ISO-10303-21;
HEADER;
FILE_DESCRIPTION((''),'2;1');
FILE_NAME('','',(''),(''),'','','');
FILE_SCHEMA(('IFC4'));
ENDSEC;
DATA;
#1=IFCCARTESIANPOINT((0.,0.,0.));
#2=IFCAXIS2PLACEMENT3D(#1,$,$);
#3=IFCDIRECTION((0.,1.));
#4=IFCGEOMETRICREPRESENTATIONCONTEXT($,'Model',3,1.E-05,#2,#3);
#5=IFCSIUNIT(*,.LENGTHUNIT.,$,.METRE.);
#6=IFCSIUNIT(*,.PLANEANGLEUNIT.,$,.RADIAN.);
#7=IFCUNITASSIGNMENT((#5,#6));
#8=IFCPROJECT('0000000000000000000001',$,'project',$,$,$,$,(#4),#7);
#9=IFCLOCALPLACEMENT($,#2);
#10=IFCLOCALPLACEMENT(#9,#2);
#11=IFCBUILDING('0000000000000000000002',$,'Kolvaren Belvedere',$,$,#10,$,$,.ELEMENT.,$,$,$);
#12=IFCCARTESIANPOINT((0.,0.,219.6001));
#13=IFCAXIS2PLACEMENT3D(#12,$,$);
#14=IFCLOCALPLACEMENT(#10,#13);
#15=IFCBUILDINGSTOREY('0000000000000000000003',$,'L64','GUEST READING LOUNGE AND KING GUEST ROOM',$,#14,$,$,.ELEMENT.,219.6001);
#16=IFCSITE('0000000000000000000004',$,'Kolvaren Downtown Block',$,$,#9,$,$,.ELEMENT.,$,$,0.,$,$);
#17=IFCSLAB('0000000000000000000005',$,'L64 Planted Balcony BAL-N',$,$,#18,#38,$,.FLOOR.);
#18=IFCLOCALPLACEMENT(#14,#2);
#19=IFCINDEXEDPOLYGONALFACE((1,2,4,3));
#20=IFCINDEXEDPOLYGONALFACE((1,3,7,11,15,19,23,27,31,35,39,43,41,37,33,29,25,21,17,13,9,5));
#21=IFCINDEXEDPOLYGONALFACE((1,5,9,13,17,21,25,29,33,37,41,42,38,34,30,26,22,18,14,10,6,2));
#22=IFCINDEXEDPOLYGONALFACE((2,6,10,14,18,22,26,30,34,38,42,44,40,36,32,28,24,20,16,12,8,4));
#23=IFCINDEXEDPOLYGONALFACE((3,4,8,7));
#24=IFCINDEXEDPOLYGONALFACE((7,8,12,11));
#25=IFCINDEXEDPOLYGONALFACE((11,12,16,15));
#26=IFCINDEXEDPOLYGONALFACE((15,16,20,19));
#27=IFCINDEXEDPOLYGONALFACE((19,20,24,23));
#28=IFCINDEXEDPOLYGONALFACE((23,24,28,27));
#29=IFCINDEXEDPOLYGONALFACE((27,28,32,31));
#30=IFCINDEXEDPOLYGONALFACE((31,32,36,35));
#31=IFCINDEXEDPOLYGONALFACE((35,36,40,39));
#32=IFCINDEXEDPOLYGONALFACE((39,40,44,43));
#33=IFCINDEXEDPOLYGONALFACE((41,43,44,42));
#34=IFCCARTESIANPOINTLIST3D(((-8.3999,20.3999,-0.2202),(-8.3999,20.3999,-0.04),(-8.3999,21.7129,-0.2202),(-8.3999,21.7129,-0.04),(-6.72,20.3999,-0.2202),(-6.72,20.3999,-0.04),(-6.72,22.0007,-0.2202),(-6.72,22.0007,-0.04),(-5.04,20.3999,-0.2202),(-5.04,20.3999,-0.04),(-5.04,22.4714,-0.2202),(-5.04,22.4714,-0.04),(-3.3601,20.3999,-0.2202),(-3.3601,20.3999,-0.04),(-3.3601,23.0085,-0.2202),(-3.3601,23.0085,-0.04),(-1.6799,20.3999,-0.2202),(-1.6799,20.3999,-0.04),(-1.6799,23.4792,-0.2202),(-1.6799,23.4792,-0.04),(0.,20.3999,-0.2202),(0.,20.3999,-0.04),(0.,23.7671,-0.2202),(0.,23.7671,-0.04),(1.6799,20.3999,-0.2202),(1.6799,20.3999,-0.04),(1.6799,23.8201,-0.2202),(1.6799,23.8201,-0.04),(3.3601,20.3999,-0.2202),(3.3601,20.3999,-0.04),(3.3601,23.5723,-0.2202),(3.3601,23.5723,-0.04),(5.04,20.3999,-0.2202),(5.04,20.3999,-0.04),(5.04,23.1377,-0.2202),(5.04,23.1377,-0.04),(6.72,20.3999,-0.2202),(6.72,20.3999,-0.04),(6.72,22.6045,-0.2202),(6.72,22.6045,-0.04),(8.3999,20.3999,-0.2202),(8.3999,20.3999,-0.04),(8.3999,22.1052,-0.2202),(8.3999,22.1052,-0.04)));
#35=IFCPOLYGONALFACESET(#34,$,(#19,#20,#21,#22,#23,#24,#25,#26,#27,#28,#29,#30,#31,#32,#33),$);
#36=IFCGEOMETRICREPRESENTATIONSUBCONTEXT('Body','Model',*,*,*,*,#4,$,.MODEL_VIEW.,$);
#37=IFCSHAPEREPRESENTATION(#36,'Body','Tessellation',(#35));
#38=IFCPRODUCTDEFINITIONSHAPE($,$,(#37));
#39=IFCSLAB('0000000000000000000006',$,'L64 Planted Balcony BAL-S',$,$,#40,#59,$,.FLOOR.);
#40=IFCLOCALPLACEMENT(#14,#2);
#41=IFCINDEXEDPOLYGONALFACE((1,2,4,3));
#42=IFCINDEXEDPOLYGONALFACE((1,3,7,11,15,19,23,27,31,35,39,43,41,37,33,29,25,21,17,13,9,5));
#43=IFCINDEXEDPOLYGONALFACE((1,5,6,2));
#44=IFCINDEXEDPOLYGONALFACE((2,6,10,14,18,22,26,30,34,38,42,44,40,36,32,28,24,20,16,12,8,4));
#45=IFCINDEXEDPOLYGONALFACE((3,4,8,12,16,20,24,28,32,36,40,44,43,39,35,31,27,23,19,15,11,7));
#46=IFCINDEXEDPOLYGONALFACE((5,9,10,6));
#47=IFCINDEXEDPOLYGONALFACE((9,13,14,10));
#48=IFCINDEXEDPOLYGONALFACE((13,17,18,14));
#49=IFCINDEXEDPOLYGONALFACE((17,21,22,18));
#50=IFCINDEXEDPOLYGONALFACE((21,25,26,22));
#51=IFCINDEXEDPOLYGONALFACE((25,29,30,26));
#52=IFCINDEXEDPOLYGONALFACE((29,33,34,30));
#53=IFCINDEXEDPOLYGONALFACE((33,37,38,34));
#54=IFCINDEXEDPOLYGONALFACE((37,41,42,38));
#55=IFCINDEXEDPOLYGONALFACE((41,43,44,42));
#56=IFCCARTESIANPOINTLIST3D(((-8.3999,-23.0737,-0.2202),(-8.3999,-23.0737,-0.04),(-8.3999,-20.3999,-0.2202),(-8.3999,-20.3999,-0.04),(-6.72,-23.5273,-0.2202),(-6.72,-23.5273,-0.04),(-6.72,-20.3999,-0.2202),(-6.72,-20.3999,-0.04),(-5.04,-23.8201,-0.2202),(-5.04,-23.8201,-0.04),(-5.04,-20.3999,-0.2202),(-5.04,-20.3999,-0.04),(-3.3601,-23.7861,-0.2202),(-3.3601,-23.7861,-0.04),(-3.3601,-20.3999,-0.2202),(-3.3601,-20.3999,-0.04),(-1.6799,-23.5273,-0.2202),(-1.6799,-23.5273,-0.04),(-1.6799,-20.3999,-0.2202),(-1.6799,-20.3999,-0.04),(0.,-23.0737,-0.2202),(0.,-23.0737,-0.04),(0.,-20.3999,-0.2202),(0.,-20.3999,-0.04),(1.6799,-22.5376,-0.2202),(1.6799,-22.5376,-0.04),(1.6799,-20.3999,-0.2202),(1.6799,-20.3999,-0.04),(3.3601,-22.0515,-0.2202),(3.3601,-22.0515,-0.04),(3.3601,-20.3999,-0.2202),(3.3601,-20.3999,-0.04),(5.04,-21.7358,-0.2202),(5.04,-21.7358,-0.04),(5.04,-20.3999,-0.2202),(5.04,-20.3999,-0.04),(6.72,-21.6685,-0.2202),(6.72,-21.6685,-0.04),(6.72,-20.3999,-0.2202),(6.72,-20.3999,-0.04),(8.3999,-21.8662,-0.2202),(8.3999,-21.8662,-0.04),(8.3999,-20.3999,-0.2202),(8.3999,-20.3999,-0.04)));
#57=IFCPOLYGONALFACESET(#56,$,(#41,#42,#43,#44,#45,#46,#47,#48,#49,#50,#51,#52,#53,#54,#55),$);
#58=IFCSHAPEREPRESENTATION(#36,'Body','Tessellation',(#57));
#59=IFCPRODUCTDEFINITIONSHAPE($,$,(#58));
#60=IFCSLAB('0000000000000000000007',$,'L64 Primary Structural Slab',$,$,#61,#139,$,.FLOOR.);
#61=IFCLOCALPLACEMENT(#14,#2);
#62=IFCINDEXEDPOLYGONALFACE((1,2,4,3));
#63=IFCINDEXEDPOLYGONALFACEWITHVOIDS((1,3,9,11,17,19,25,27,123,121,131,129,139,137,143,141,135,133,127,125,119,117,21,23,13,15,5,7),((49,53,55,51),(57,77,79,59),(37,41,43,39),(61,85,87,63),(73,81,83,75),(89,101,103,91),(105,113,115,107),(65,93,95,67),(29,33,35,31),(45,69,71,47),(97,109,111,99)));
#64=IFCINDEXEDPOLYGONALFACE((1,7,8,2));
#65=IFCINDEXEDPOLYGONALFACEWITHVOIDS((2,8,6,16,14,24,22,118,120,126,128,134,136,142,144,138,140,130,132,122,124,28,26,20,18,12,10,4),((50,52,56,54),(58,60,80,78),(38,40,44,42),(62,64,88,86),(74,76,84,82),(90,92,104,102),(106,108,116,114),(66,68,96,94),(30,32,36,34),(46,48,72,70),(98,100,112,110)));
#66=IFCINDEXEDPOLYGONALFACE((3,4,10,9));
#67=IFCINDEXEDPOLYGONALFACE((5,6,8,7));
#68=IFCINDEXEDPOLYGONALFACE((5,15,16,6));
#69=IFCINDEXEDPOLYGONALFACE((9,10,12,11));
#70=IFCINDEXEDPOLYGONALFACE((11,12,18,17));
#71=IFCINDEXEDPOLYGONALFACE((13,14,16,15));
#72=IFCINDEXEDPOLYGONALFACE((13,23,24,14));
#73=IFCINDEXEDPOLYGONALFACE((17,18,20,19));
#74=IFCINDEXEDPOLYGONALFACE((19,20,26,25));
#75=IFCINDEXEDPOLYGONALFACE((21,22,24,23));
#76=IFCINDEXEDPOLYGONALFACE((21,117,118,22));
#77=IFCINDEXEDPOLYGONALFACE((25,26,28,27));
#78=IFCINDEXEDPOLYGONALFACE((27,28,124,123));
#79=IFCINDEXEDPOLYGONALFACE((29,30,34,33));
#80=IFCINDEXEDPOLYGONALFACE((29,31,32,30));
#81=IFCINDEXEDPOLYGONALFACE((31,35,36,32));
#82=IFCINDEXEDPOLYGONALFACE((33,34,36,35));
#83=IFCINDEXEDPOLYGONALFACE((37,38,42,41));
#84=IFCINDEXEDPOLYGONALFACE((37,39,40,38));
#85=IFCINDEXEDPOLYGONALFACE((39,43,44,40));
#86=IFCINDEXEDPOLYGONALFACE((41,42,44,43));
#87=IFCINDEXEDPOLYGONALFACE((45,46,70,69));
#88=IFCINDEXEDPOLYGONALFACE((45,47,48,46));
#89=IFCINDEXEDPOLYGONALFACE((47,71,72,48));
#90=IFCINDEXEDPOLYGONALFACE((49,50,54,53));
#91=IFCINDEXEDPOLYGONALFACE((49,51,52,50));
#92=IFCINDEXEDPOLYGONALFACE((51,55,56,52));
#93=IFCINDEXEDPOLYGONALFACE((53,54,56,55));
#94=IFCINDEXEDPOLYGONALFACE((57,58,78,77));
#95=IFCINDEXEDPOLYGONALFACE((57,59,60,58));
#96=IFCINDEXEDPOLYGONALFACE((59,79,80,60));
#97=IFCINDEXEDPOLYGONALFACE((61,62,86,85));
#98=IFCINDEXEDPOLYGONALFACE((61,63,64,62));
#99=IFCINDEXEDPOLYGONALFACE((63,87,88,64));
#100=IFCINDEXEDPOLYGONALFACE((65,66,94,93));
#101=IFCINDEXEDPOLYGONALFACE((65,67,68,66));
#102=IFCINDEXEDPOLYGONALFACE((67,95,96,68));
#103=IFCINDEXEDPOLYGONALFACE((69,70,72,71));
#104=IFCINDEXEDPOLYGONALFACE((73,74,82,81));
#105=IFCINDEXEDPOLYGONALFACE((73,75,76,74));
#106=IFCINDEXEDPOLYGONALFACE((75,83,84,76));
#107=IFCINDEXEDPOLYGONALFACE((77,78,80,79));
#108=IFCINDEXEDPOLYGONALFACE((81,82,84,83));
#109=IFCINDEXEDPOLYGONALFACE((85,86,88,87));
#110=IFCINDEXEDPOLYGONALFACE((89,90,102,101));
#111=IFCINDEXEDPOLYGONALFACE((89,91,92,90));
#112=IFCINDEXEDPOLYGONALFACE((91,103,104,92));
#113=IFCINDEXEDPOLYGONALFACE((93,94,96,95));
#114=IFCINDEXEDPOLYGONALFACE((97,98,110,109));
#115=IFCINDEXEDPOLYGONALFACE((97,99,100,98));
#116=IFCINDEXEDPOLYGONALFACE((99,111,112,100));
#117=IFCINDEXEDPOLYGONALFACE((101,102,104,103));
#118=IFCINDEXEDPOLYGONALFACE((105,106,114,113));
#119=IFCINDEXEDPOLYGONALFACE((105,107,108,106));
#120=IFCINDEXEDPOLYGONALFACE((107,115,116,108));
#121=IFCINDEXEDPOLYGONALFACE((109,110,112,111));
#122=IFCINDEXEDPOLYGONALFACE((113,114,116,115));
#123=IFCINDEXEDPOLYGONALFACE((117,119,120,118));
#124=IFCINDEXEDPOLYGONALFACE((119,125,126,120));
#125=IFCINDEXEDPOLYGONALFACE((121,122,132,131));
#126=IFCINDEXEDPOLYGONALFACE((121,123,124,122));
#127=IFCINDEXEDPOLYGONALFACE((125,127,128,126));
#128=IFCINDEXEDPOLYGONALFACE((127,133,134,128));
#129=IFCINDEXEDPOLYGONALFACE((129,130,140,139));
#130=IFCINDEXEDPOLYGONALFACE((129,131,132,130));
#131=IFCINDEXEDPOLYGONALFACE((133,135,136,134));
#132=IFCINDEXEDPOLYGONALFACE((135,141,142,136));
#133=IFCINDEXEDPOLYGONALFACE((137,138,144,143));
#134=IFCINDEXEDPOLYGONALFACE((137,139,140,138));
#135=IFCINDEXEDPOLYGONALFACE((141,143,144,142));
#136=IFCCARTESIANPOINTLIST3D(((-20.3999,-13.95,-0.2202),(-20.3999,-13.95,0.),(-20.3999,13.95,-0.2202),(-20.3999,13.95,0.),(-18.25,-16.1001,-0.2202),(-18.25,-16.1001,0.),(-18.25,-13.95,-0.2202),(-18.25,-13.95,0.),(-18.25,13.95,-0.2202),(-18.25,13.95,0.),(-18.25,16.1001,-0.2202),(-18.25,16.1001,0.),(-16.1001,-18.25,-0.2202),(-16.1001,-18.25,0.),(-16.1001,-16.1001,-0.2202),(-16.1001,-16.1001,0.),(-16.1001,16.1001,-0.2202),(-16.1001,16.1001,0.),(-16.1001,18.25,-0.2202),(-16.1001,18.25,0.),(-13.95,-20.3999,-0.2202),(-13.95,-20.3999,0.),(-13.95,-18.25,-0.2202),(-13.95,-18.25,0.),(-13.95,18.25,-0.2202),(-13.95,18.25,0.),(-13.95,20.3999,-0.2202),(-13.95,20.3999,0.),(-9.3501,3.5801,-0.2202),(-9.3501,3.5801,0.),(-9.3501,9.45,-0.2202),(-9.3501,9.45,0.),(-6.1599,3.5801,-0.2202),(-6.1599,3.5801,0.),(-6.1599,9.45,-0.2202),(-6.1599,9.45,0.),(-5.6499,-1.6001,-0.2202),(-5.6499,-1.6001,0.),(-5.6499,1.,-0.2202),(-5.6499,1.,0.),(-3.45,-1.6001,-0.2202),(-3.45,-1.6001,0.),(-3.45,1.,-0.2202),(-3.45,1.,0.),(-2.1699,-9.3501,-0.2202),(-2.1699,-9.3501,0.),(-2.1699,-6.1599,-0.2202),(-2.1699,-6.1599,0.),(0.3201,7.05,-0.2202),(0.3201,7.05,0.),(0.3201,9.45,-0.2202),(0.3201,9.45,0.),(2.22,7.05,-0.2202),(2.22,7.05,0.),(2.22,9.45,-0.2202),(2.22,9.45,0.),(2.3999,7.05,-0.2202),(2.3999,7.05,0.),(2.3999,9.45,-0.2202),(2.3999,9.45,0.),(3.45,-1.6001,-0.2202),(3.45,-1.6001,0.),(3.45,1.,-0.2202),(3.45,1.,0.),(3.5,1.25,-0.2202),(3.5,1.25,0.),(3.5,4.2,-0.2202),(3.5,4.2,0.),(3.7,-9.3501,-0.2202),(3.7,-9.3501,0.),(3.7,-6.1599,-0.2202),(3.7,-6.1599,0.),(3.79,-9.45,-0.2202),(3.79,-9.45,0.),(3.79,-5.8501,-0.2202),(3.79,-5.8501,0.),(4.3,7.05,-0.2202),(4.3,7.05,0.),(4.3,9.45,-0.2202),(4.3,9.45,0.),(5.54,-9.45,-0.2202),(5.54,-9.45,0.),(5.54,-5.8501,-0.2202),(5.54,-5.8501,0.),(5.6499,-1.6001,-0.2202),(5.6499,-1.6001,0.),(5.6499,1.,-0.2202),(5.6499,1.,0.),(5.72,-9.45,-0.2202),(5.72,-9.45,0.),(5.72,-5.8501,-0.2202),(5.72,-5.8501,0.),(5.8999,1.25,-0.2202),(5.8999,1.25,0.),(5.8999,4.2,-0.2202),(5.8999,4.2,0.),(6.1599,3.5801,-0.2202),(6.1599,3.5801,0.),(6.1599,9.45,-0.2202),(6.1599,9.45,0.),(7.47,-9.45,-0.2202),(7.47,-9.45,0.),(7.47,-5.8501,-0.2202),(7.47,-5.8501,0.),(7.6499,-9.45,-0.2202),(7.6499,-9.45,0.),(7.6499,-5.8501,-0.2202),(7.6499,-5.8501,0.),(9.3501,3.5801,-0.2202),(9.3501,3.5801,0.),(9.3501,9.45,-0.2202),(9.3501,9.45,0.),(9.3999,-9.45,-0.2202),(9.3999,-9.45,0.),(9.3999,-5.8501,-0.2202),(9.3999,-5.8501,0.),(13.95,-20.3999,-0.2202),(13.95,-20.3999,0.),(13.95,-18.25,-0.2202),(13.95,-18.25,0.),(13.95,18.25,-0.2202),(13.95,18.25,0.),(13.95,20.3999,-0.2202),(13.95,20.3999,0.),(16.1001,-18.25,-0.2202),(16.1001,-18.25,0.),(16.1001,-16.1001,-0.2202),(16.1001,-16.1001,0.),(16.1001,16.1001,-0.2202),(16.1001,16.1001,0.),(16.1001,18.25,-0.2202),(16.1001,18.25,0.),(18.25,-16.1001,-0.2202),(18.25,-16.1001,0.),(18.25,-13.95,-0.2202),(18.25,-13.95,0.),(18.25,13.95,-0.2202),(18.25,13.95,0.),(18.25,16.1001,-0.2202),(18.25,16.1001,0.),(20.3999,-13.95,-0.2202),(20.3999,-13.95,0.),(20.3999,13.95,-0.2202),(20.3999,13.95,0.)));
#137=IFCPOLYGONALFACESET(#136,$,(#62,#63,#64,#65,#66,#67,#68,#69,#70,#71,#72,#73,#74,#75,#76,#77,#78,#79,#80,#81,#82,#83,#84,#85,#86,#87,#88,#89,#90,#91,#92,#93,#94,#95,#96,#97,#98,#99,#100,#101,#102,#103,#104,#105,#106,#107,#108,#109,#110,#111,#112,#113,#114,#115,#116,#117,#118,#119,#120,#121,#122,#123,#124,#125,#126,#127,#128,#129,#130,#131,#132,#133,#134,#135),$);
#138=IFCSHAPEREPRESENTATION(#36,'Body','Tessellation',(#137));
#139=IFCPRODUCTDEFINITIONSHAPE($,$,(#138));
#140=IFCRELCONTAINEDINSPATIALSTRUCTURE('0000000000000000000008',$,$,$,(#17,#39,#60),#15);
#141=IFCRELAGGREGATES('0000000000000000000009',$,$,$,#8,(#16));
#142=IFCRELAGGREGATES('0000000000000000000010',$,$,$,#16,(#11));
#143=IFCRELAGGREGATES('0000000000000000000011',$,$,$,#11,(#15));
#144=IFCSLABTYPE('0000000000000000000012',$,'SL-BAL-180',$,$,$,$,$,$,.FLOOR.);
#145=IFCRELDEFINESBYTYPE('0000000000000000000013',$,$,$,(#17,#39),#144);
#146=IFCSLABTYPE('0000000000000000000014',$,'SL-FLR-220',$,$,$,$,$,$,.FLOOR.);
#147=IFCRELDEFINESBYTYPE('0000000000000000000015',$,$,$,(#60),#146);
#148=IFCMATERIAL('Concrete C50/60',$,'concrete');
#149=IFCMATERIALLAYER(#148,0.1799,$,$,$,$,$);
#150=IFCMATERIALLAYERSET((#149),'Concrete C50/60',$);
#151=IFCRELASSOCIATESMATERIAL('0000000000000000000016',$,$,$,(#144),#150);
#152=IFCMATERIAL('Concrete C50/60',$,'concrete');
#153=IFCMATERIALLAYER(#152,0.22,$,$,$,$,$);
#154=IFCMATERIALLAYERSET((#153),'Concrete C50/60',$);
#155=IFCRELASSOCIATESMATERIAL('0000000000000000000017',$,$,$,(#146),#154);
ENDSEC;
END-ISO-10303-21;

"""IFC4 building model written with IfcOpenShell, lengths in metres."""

from ifc_helpers import new_model, si_unit, direction, frame, origin, place, context, subcontext, project, spatial, polyline, outline, extrude, material, layer, layer_set, type_object, element, save


model = new_model("IFC4")

# Units and contexts
model_context = context("Model", 3, precision=1e-05, world=origin(), true_north=direction((0.0, 1.0)))
body_context = subcontext(model_context, "Body", "Model", "MODEL_VIEW")
ifc_project = project(units=[si_unit("LENGTHUNIT", "METRE"), si_unit("PLANEANGLEUNIT", "RADIAN")], contexts=[model_context])

# Site, building, storey
site_placement = place(None, origin())
site = spatial("IfcSite", under=ifc_project, at=site_placement, Name="Kolvaren Downtown Block", CompositionType="ELEMENT", RefElevation=0.0)
building_placement = place(site_placement, origin())
building = spatial("IfcBuilding", under=site, at=building_placement, Name="Kolvaren Belvedere", CompositionType="ELEMENT")
storey_placement = place(building_placement, frame((0.0, 0.0, 219.6001)))
storey = spatial("IfcBuildingStorey", under=building, at=storey_placement, Name="L64", Description="GUEST READING LOUNGE AND KING GUEST ROOM", CompositionType="ELEMENT", Elevation=219.6001)

# Slabs
ifc_material_1 = material(Name="Concrete C50/60", Category="concrete")
ifc_layer_1 = layer(ifc_material_1, 0.1799)
ifc_layer_set_1 = layer_set([ifc_layer_1], Name="Concrete C50/60")
slab_type_1 = type_object("IfcSlabType", Name="SL-BAL-180", PredefinedType="FLOOR", material=ifc_layer_set_1)
slab_1_placement = place(storey_placement, frame((0.0, 0.0, -0.2202)))
element("IfcSlab", 1, at=slab_1_placement, inside=storey, type_object=slab_type_1, Name="L64 Planted Balcony BAL-N", PredefinedType="FLOOR", context=body_context, shape_type="SweptSolid", body=[
    extrude(outline(polyline([(-8.3999, 20.3999), (-6.72, 20.3999), (-5.04, 20.3999), (-3.3601, 20.3999), (-1.6799, 20.3999), (0.0, 20.3999), (1.6799, 20.3999), (3.3601, 20.3999), (5.04, 20.3999), (6.72, 20.3999), (8.3999, 20.3999), (8.3999, 22.1052), (6.72, 22.6045), (5.04, 23.1377), (3.3601, 23.5723), (1.6799, 23.8201), (0.0, 23.7671), (-1.6799, 23.4792), (-3.3601, 23.0085), (-5.04, 22.4714), (-6.72, 22.0007), (-8.3999, 21.7129), (-8.3999, 20.3999)])), origin(), (0.0, 0.0, 1.0), 0.1802),
])
slab_2_placement = place(storey_placement, frame((0.0, 0.0, -0.2202)))
element("IfcSlab", 2, at=slab_2_placement, inside=storey, type_object=slab_type_1, Name="L64 Planted Balcony BAL-S", PredefinedType="FLOOR", context=body_context, shape_type="SweptSolid", body=[
    extrude(outline(polyline([(-8.3999, -23.0737), (-6.72, -23.5273), (-5.04, -23.8201), (-3.3601, -23.7861), (-1.6799, -23.5273), (0.0, -23.0737), (1.6799, -22.5376), (3.3601, -22.0515), (5.04, -21.7358), (6.72, -21.6685), (8.3999, -21.8662), (8.3999, -20.3999), (6.72, -20.3999), (5.04, -20.3999), (3.3601, -20.3999), (1.6799, -20.3999), (0.0, -20.3999), (-1.6799, -20.3999), (-3.3601, -20.3999), (-5.04, -20.3999), (-6.72, -20.3999), (-8.3999, -20.3999), (-8.3999, -23.0737)])), origin(), (0.0, 0.0, 1.0), 0.1802),
])
ifc_material_2 = material(Name="Concrete C50/60", Category="concrete")
ifc_layer_2 = layer(ifc_material_2, 0.22)
ifc_layer_set_2 = layer_set([ifc_layer_2], Name="Concrete C50/60")
slab_type_2 = type_object("IfcSlabType", Name="SL-FLR-220", PredefinedType="FLOOR", material=ifc_layer_set_2)
slab_3_placement = place(storey_placement, frame((0.0, 0.0, -0.2202)))
element("IfcSlab", 3, at=slab_3_placement, inside=storey, type_object=slab_type_2, Name="L64 Primary Structural Slab", PredefinedType="FLOOR", context=body_context, shape_type="SweptSolid", body=[
    extrude(outline(polyline([(-13.95, -20.3999), (13.95, -20.3999), (13.95, -18.25), (16.1001, -18.25), (16.1001, -16.1001), (18.25, -16.1001), (18.25, -13.95), (20.3999, -13.95), (20.3999, 13.95), (18.25, 13.95), (18.25, 16.1001), (16.1001, 16.1001), (16.1001, 18.25), (13.95, 18.25), (13.95, 20.3999), (-13.95, 20.3999), (-13.95, 18.25), (-16.1001, 18.25), (-16.1001, 16.1001), (-18.25, 16.1001), (-18.25, 13.95), (-20.3999, 13.95), (-20.3999, -13.95), (-18.25, -13.95), (-18.25, -16.1001), (-16.1001, -16.1001), (-16.1001, -18.25), (-13.95, -18.25), (-13.95, -20.3999)]), holes=[polyline([(-9.3501, 3.5801), (-6.1599, 3.5801), (-6.1599, 9.45), (-9.3501, 9.45), (-9.3501, 3.5801)]), polyline([(6.1599, 3.5801), (9.3501, 3.5801), (9.3501, 9.45), (6.1599, 9.45), (6.1599, 3.5801)]), polyline([(-2.1699, -9.3501), (3.7, -9.3501), (3.7, -6.1599), (-2.1699, -6.1599), (-2.1699, -9.3501)]), polyline([(-5.6499, -1.6001), (-3.45, -1.6001), (-3.45, 1.0), (-5.6499, 1.0), (-5.6499, -1.6001)]), polyline([(3.5, 1.25), (5.8999, 1.25), (5.8999, 4.2), (3.5, 4.2), (3.5, 1.25)]), polyline([(3.45, -1.6001), (5.6499, -1.6001), (5.6499, 1.0), (3.45, 1.0), (3.45, -1.6001)]), polyline([(3.79, -9.45), (5.54, -9.45), (5.54, -5.8501), (3.79, -5.8501), (3.79, -9.45)]), polyline([(5.72, -9.45), (7.47, -9.45), (7.47, -5.8501), (5.72, -5.8501), (5.72, -9.45)]), polyline([(7.6499, -9.45), (9.3999, -9.45), (9.3999, -5.8501), (7.6499, -5.8501), (7.6499, -9.45)]), polyline([(0.3201, 7.05), (2.22, 7.05), (2.22, 9.45), (0.3201, 9.45), (0.3201, 7.05)]), polyline([(2.3999, 7.05), (4.3, 7.05), (4.3, 9.45), (2.3999, 9.45), (2.3999, 7.05)])]), origin(), (0.0, 0.0, 1.0), 0.2202),
])

save(model, "model.ifc")
